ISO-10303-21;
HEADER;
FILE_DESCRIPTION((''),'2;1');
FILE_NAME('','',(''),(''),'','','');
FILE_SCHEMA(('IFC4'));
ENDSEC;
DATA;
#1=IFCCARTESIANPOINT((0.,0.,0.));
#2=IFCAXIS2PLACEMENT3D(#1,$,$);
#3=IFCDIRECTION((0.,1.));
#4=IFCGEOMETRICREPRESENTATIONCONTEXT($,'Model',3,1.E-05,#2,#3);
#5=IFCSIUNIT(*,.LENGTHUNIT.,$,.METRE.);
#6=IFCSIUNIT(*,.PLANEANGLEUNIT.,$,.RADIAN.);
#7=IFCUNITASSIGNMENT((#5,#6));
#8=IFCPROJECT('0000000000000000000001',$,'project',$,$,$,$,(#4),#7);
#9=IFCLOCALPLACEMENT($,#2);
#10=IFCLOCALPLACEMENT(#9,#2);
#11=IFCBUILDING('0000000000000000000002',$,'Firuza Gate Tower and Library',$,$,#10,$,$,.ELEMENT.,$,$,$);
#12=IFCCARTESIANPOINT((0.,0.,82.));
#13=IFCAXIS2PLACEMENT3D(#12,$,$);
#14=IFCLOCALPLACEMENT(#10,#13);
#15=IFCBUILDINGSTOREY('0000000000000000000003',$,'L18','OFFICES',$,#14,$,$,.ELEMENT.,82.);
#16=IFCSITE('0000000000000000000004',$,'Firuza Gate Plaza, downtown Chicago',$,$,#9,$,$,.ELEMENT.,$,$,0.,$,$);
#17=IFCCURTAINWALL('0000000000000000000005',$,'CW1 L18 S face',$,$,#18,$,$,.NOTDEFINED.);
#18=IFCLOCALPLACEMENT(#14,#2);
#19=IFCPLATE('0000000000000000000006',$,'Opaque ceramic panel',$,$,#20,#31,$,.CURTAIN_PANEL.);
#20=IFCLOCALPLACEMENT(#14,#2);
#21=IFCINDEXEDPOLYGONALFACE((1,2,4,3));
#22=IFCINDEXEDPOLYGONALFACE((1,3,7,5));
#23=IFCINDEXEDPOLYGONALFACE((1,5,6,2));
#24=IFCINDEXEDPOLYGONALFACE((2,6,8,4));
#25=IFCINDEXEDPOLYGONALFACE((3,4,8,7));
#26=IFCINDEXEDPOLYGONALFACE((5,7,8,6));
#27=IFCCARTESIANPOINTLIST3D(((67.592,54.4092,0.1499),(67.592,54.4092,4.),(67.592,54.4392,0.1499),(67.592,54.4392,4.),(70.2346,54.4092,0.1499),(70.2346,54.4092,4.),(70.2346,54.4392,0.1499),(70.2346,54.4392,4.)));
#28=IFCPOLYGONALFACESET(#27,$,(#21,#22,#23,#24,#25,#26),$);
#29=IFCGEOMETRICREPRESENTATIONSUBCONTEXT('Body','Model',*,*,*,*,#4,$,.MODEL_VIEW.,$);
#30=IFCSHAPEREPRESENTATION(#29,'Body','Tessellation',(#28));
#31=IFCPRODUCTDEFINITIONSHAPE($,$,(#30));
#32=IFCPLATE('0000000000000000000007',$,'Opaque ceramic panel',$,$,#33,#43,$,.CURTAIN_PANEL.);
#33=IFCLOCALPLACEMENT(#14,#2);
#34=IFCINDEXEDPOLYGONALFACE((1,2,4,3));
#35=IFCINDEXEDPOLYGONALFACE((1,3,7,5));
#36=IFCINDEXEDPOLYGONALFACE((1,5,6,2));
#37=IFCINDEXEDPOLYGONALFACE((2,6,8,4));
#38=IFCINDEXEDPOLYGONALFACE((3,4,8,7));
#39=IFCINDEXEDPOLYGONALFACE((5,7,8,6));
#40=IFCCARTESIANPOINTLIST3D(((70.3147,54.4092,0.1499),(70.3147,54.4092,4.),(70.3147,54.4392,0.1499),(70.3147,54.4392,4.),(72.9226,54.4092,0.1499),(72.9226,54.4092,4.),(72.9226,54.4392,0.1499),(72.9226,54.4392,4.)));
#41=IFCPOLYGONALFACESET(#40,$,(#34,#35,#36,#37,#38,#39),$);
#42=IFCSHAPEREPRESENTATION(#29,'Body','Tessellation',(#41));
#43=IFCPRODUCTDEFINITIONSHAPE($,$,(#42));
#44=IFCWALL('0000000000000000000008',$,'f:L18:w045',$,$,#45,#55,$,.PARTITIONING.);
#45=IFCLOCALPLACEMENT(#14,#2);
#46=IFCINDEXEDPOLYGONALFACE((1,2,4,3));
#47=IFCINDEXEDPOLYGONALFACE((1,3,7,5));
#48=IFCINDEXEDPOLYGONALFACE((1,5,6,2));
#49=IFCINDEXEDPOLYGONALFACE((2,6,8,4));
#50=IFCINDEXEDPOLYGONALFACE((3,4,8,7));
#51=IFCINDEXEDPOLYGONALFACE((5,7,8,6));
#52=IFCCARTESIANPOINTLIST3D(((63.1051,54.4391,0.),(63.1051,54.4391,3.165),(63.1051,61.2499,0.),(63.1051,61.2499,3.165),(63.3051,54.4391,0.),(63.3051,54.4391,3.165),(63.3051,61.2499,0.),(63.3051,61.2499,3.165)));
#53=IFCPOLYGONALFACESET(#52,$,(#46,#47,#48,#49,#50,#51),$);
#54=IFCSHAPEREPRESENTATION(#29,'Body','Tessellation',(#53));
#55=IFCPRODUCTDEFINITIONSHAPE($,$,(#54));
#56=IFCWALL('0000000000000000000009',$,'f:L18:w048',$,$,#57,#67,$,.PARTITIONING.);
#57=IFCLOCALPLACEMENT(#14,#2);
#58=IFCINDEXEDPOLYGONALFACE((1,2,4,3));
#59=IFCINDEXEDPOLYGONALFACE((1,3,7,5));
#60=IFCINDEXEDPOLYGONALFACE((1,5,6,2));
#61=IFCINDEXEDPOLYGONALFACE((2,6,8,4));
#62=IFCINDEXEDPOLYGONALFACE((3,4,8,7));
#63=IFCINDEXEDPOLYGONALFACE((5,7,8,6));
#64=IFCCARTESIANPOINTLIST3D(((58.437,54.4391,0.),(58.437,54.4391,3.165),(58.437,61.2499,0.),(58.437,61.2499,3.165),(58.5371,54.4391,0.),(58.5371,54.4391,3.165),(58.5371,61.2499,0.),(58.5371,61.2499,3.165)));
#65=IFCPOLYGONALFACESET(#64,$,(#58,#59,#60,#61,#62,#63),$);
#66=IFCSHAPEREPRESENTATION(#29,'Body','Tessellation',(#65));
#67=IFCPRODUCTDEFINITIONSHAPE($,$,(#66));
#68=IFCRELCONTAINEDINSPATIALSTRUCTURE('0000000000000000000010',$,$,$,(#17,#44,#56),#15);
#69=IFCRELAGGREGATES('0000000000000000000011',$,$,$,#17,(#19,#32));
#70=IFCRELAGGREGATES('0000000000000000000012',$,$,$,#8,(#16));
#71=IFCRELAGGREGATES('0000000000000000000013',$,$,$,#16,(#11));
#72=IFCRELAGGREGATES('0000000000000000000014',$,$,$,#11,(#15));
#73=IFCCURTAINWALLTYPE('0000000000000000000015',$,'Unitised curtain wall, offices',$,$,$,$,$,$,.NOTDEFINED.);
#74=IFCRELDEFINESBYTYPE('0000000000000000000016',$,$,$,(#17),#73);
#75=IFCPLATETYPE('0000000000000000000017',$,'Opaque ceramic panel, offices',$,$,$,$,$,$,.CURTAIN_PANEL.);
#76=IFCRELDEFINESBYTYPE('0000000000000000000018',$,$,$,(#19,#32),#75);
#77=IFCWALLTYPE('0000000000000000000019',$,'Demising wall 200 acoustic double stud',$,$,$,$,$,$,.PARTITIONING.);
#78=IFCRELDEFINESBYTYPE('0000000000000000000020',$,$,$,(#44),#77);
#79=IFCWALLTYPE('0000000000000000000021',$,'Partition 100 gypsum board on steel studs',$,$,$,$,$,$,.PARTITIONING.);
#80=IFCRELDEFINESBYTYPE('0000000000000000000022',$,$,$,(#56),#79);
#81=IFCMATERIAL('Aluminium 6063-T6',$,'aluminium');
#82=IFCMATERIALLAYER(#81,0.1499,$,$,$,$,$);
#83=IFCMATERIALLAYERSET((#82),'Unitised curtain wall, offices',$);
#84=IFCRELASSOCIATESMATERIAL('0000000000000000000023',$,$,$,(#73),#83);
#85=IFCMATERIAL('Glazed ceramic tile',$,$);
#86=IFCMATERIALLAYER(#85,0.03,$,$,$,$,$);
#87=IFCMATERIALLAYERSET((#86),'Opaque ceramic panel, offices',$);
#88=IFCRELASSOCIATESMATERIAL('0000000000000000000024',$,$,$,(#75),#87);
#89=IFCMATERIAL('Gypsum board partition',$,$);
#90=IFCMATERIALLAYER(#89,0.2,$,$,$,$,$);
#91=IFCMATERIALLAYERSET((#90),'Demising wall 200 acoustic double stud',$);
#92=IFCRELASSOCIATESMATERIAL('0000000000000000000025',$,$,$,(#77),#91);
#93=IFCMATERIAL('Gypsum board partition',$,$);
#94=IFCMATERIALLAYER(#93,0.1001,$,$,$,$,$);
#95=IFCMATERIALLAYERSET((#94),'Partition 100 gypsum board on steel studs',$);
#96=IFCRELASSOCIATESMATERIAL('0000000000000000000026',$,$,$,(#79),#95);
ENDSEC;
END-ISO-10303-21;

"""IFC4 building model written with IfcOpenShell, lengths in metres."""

from ifc_helpers import new_model, si_unit, direction, frame, frame_2d, origin, place, context, subcontext, project, spatial, polyline, rectangle, outline, extrude, material, layer, layer_set, type_object, element, aggregate, save


model = new_model("IFC4")

# Units and contexts
model_context = context("Model", 3, precision=1e-05, world=origin(), true_north=direction((0.0, 1.0)))
body_context = subcontext(model_context, "Body", "Model", "MODEL_VIEW")
ifc_project = project(units=[si_unit("LENGTHUNIT", "METRE"), si_unit("PLANEANGLEUNIT", "RADIAN")], contexts=[model_context])

# Site, building, storey
site_placement = place(None, origin())
site = spatial("IfcSite", under=ifc_project, at=site_placement, Name="Firuza Gate Plaza, downtown Chicago", CompositionType="ELEMENT", RefElevation=0.0)
building_placement = place(site_placement, origin())
building = spatial("IfcBuilding", under=site, at=building_placement, Name="Firuza Gate Tower and Library", CompositionType="ELEMENT")
storey_placement = place(building_placement, frame((0.0, 0.0, 82.0)))
storey = spatial("IfcBuildingStorey", under=building, at=storey_placement, Name="L18", Description="OFFICES", CompositionType="ELEMENT", Elevation=82.0)

# Curtain wall
ifc_material_1 = material(Name="Aluminium 6063-T6", Category="aluminium")
ifc_layer_1 = layer(ifc_material_1, 0.1499)
ifc_layer_set_1 = layer_set([ifc_layer_1], Name="Unitised curtain wall, offices")
curtain_wall_type = type_object("IfcCurtainWallType", Name="Unitised curtain wall, offices", PredefinedType="NOTDEFINED", material=ifc_layer_set_1)
curtain_wall_placement = place(storey_placement, origin())
curtain_wall = element("IfcCurtainWall", 1, at=curtain_wall_placement, inside=storey, type_object=curtain_wall_type, Name="CW1 L18 S face", PredefinedType="NOTDEFINED")

# Plates
ifc_material_2 = material(Name="Glazed ceramic tile")
ifc_layer_2 = layer(ifc_material_2, 0.03)
ifc_layer_set_2 = layer_set([ifc_layer_2], Name="Opaque ceramic panel, offices")
plate_type_1 = type_object("IfcPlateType", Name="Opaque ceramic panel, offices", PredefinedType="CURTAIN_PANEL", material=ifc_layer_set_2)
plate_1_placement = place(storey_placement, frame((67.592, 54.4092, 0.1499), z_axis=(0.0, -1.0, 0.0), x_axis=(1.0, 0.0, 0.0)))
plate_1 = element("IfcPlate", 2, at=plate_1_placement, type_object=plate_type_1, Name="Opaque ceramic panel", PredefinedType="CURTAIN_PANEL", context=body_context, shape_type="SweptSolid", body=[
    extrude(outline(polyline([(0.0, 0.0), (2.6426, 0.0), (2.6426, 3.8501), (0.0, 3.8501), (0.0, 0.0)])), origin(), (0.0, 0.0, -1.0), 0.03),
])
plate_2_placement = place(storey_placement, frame((70.3147, 54.4092, 0.1499), z_axis=(0.0, -1.0, 0.0), x_axis=(1.0, 0.0, 0.0)))
plate_2 = element("IfcPlate", 3, at=plate_2_placement, type_object=plate_type_1, Name="Opaque ceramic panel", PredefinedType="CURTAIN_PANEL", context=body_context, shape_type="SweptSolid", body=[
    extrude(outline(polyline([(0.0, 0.0), (2.6079, 0.0), (2.6079, 3.8501), (0.0, 3.8501), (0.0, 0.0)])), origin(), (0.0, 0.0, -1.0), 0.03),
])
aggregate(curtain_wall, [plate_1, plate_2])

# Walls
ifc_material_3 = material(Name="Gypsum board partition")
ifc_layer_3 = layer(ifc_material_3, 0.2)
ifc_layer_set_3 = layer_set([ifc_layer_3], Name="Demising wall 200 acoustic double stud")
wall_type_1 = type_object("IfcWallType", Name="Demising wall 200 acoustic double stud", PredefinedType="PARTITIONING", material=ifc_layer_set_3)
wall_1_placement = place(storey_placement, frame((63.2051, 54.4392, 0.0), z_axis=(0.0, 0.0, 1.0), x_axis=(0.0, 1.0, 0.0)))
element("IfcWall", 4, at=wall_1_placement, inside=storey, type_object=wall_type_1, Name="f:L18:w045", PredefinedType="PARTITIONING", context=body_context, shape_type="SweptSolid", body=[
    extrude(rectangle(XDim=6.8108, YDim=0.2, at=frame_2d((3.4053, 0.0))), origin(), (0.0, 0.0, 1.0), 3.165),
])
ifc_material_4 = material(Name="Gypsum board partition")
ifc_layer_4 = layer(ifc_material_4, 0.1001)
ifc_layer_set_4 = layer_set([ifc_layer_4], Name="Partition 100 gypsum board on steel studs")
wall_type_2 = type_object("IfcWallType", Name="Partition 100 gypsum board on steel studs", PredefinedType="PARTITIONING", material=ifc_layer_set_4)
wall_2_placement = place(storey_placement, frame((58.4871, 54.4392, 0.0), z_axis=(0.0, 0.0, 1.0), x_axis=(0.0, 1.0, 0.0)))
element("IfcWall", 5, at=wall_2_placement, inside=storey, type_object=wall_type_2, Name="f:L18:w048", PredefinedType="PARTITIONING", context=body_context, shape_type="SweptSolid", body=[
    extrude(rectangle(XDim=6.8108, YDim=0.1001, at=frame_2d((3.4053, 0.0))), origin(), (0.0, 0.0, 1.0), 3.165),
])

save(model, "model.ifc")
